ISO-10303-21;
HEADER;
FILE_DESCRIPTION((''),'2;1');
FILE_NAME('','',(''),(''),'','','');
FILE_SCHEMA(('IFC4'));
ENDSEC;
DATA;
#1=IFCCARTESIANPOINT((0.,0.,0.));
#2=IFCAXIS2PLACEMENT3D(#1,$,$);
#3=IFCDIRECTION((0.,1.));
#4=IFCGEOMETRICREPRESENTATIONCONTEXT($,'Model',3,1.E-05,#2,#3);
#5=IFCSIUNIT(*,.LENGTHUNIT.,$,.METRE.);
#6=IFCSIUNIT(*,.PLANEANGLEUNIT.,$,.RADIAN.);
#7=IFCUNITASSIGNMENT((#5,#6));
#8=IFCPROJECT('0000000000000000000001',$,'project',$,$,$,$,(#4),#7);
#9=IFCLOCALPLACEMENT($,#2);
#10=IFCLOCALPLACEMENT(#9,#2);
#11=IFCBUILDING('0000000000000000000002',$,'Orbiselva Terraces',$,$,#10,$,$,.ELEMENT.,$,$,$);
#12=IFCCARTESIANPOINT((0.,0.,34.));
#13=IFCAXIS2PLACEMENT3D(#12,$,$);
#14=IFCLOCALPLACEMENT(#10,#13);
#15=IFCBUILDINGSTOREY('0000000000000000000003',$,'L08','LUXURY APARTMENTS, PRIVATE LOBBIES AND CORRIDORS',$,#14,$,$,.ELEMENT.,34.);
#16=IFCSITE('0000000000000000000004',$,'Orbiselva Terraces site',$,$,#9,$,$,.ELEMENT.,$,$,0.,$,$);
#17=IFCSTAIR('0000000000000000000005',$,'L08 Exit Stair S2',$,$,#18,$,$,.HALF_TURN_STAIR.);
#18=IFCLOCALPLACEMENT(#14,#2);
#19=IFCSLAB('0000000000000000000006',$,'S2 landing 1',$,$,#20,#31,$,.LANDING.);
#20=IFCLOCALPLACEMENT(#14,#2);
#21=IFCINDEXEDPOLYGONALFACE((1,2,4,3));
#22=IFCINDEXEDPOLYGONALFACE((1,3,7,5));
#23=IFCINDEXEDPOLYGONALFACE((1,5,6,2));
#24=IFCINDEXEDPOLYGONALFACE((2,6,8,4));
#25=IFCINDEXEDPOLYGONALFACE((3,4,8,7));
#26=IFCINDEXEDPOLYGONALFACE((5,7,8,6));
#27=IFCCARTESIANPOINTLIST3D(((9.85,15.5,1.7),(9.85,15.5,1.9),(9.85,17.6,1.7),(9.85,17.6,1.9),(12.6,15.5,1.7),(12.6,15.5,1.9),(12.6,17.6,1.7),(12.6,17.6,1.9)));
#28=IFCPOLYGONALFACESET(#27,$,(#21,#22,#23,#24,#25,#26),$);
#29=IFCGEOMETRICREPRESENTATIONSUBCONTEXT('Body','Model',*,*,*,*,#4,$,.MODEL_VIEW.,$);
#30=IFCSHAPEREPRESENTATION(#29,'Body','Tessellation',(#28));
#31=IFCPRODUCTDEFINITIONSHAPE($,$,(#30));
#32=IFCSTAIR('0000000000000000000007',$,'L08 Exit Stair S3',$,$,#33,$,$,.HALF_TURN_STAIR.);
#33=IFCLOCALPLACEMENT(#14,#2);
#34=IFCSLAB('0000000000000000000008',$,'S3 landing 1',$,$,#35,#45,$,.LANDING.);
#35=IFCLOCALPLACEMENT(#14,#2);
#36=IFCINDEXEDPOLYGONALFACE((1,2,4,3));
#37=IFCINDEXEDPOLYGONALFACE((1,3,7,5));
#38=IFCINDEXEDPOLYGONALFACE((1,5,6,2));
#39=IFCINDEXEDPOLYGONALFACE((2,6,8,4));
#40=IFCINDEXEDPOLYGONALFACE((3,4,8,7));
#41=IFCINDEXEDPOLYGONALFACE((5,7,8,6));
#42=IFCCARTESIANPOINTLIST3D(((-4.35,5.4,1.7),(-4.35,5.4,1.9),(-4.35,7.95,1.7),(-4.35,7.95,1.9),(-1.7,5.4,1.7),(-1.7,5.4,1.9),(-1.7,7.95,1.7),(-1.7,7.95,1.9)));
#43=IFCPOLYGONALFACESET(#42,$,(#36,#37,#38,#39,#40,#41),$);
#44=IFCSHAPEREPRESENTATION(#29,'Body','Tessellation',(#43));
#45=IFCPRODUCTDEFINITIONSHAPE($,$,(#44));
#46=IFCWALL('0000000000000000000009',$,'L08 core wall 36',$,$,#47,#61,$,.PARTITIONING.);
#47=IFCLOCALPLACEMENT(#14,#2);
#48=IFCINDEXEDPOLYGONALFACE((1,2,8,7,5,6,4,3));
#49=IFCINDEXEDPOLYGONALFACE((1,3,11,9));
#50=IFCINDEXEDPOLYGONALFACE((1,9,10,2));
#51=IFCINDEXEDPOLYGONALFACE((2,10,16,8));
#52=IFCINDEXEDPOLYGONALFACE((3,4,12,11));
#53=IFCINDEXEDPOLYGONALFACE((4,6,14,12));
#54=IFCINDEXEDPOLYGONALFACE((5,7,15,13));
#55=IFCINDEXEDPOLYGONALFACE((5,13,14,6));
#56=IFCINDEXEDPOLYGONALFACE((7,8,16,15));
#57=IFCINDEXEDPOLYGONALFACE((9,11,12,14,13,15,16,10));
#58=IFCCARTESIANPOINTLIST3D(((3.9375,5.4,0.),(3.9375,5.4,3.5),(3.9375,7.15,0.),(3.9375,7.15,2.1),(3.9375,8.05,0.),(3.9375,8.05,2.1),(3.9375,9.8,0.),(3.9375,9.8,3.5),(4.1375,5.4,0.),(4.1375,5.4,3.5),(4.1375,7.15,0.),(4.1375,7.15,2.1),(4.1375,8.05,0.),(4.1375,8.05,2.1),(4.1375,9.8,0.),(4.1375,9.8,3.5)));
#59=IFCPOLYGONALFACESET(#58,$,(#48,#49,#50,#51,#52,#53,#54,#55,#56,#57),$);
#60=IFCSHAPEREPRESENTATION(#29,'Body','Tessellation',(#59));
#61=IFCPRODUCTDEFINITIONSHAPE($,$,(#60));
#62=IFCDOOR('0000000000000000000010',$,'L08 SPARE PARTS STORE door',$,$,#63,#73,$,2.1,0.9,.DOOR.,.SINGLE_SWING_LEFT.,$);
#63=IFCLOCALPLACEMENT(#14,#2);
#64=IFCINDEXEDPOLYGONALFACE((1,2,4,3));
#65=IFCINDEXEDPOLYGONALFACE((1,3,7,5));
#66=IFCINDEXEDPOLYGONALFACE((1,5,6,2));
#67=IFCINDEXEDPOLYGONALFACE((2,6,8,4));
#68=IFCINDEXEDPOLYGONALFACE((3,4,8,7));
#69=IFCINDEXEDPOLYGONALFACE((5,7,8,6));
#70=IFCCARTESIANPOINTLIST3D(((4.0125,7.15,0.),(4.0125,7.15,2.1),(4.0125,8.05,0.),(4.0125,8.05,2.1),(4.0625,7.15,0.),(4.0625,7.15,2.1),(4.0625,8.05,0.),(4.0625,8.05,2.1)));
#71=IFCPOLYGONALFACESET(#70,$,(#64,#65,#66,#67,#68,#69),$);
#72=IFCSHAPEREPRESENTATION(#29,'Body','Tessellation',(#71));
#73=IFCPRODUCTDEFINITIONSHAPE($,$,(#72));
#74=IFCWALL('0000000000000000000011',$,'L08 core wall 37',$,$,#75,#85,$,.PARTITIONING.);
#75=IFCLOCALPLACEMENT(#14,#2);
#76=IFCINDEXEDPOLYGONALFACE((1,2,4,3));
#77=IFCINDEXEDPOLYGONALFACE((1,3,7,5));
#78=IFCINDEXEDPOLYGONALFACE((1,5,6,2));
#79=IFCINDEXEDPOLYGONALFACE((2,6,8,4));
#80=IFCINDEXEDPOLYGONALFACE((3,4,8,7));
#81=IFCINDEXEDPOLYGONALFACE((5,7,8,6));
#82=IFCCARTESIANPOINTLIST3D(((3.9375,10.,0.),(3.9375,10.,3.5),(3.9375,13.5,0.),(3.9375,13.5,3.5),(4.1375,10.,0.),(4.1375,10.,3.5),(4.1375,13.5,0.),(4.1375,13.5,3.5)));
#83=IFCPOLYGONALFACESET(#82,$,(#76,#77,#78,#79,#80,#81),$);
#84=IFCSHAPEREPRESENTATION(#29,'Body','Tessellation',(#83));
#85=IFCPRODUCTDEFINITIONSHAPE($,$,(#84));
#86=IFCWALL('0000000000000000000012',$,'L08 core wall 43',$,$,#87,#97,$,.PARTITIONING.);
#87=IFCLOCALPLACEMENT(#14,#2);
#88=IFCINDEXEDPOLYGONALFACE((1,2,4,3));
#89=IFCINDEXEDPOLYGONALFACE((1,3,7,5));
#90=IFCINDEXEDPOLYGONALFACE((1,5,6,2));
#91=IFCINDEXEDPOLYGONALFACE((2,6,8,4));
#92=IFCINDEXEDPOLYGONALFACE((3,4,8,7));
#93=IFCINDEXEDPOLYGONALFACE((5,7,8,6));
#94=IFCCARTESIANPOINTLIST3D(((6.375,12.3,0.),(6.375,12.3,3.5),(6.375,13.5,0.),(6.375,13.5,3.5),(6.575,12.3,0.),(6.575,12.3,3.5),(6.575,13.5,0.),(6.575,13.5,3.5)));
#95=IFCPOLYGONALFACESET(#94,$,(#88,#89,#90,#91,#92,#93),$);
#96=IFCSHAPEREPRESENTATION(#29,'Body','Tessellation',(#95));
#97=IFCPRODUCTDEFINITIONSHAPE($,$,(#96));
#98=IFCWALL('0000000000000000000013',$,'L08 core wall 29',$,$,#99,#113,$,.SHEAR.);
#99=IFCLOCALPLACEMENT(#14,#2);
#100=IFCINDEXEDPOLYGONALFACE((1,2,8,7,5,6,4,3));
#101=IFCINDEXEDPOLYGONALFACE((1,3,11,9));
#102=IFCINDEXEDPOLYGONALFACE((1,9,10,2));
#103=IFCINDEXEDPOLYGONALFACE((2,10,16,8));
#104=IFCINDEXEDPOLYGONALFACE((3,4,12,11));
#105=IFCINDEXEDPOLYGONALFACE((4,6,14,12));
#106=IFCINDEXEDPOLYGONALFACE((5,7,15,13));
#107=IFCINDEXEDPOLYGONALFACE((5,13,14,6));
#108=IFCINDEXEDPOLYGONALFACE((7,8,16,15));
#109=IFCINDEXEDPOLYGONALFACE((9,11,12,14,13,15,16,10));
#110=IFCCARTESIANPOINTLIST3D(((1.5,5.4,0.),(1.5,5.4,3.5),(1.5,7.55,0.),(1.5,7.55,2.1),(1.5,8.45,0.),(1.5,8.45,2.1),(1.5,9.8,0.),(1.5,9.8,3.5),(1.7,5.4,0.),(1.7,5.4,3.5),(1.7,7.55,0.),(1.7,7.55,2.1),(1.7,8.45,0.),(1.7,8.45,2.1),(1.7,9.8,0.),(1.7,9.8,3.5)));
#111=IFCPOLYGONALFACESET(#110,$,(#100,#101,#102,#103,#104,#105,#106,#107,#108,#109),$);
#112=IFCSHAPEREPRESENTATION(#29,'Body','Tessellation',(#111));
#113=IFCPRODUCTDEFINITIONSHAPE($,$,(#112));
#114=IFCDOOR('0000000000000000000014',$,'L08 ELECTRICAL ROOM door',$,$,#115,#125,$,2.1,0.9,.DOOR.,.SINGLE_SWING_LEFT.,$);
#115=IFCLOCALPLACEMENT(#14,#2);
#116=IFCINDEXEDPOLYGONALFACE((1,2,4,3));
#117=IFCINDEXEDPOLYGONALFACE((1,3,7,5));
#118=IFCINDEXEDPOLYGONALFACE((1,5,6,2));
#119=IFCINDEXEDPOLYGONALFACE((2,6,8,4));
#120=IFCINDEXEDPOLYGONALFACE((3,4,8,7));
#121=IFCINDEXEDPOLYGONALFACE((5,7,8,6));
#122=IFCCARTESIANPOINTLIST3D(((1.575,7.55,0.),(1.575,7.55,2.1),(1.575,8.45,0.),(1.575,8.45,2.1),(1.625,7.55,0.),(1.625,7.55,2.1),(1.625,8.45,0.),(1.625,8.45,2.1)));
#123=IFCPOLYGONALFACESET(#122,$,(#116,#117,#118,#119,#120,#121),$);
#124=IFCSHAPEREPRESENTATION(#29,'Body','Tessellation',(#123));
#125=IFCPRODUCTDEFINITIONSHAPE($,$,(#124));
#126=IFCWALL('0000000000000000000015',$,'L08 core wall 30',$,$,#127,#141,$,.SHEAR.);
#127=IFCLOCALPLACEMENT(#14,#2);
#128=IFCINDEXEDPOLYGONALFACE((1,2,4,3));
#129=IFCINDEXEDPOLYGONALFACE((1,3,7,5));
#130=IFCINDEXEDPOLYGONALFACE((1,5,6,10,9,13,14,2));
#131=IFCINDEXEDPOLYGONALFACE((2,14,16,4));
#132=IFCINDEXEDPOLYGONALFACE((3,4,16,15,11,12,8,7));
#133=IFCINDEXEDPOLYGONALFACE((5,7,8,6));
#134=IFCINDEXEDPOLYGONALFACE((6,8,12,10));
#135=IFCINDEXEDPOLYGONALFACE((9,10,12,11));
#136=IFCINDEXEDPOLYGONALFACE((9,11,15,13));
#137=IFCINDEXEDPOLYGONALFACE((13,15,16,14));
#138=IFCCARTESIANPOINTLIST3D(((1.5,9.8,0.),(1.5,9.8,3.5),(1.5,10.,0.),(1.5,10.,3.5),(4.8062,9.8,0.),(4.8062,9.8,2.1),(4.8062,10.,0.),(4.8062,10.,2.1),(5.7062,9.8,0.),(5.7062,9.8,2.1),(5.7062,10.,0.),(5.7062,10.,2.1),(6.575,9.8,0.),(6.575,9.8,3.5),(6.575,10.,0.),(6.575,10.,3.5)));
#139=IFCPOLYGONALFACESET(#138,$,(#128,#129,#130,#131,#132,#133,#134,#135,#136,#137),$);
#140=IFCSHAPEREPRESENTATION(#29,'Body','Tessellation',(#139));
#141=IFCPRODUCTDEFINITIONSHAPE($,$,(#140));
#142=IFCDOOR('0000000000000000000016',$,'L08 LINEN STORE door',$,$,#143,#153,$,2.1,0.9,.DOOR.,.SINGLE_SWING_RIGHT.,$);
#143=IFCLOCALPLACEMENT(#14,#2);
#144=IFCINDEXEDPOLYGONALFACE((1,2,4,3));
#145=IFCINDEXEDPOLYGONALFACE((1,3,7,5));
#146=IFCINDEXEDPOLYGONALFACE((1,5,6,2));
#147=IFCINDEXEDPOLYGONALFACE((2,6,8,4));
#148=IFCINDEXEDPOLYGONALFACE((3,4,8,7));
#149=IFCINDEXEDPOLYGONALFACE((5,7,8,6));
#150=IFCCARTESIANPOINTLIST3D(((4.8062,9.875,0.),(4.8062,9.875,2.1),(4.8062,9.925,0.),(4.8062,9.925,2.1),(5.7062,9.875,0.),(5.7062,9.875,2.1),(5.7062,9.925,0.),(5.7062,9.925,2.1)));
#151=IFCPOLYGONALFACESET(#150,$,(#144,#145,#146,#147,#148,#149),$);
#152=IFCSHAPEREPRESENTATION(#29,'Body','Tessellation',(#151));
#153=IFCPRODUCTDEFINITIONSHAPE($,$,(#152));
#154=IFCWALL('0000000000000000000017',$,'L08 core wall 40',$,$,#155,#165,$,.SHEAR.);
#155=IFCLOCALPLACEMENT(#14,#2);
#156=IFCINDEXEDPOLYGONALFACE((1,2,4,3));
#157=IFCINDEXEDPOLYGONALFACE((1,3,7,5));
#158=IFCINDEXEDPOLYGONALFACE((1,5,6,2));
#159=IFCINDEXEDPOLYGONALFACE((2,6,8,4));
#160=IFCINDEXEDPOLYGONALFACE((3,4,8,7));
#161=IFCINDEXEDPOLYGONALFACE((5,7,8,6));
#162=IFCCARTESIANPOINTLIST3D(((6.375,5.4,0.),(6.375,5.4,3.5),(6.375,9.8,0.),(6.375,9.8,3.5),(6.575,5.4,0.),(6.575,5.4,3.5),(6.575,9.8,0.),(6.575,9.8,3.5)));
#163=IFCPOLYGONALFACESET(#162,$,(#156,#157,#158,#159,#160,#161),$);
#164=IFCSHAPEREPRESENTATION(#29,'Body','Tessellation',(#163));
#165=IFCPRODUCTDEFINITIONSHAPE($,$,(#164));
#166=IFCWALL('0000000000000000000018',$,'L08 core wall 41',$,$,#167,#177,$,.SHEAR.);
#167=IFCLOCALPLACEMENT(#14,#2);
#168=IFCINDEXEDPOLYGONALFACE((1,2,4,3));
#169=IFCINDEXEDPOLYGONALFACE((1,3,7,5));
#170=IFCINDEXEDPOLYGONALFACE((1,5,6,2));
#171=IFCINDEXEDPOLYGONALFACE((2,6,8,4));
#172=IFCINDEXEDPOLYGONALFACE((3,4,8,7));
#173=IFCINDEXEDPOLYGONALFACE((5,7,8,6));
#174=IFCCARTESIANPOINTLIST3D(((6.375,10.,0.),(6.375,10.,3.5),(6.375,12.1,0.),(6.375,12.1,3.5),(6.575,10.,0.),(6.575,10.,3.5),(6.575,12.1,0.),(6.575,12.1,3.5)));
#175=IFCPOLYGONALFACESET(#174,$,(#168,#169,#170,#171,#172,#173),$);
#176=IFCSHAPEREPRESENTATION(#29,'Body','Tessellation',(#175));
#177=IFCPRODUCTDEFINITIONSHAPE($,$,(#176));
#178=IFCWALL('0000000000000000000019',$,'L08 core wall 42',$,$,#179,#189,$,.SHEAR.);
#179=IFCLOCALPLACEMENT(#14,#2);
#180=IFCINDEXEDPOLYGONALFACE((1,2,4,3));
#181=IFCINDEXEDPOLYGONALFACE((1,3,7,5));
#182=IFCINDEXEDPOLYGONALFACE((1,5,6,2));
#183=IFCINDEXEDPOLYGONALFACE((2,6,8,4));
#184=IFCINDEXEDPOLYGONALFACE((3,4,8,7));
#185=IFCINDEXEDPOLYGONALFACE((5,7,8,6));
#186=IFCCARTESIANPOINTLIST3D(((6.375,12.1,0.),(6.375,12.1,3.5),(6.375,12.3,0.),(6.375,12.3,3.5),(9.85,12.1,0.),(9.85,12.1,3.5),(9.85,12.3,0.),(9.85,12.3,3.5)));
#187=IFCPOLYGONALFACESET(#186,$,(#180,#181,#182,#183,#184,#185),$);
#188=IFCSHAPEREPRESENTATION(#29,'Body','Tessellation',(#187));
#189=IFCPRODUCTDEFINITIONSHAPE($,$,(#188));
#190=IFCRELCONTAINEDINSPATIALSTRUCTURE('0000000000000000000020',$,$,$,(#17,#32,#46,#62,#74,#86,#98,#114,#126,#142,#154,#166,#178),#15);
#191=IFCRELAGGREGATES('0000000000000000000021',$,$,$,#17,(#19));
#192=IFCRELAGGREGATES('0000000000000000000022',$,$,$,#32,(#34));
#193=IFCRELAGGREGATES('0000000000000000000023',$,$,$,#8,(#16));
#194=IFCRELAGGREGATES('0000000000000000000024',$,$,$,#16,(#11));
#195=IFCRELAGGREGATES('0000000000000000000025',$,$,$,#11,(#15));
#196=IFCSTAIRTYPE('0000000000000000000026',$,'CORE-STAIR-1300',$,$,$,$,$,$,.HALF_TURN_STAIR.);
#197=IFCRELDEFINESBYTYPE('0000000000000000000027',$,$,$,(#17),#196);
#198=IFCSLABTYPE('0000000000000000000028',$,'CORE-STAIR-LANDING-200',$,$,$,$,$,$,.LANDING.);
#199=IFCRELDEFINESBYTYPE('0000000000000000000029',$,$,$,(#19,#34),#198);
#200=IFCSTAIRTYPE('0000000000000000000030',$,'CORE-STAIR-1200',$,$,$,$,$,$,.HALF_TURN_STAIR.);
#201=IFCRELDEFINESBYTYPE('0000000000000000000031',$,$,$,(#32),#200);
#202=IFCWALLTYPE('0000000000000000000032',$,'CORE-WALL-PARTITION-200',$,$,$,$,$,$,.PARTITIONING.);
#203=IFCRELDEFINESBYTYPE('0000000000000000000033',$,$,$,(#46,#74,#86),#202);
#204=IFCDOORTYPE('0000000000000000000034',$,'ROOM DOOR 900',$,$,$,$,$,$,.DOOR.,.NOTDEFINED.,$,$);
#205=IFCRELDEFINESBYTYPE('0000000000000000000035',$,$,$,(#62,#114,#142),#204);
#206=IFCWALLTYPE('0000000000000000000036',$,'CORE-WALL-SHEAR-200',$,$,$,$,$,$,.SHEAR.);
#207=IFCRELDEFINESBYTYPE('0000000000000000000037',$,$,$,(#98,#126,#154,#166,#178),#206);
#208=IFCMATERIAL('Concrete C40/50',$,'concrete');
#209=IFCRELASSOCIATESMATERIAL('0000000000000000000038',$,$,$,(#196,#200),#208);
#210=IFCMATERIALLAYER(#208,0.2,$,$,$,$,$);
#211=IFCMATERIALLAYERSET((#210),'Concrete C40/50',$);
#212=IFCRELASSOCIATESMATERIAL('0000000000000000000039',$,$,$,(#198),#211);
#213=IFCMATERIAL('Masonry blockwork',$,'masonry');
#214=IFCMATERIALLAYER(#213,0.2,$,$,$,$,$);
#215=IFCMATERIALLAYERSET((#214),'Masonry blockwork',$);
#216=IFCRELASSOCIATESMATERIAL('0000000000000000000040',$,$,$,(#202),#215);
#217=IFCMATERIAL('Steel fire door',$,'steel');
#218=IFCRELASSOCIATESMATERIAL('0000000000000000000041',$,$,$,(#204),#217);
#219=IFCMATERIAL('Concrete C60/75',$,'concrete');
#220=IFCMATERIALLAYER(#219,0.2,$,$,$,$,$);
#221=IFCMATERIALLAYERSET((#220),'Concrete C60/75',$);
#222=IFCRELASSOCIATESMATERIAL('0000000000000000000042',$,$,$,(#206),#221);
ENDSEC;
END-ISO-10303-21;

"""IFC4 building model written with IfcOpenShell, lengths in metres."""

from ifc_helpers import new_model, si_unit, direction, frame, frame_2d, origin, place, context, subcontext, project, spatial, polyline, rectangle, outline, extrude, material, layer, layer_set, type_object, element, fill, aggregate, save


model = new_model("IFC4")

# Units and contexts
model_context = context("Model", 3, precision=1e-05, world=origin(), true_north=direction((0.0, 1.0)))
body_context = subcontext(model_context, "Body", "Model", "MODEL_VIEW")
ifc_project = project(units=[si_unit("LENGTHUNIT", "METRE"), si_unit("PLANEANGLEUNIT", "RADIAN")], contexts=[model_context])

# Site, building, storey
site_placement = place(None, origin())
site = spatial("IfcSite", under=ifc_project, at=site_placement, Name="Orbiselva Terraces site", CompositionType="ELEMENT", RefElevation=0.0)
building_placement = place(site_placement, origin())
building = spatial("IfcBuilding", under=site, at=building_placement, Name="Orbiselva Terraces", CompositionType="ELEMENT")
storey_placement = place(building_placement, frame((0.0, 0.0, 34.0)))
storey = spatial("IfcBuildingStorey", under=building, at=storey_placement, Name="L08", Description="LUXURY APARTMENTS, PRIVATE LOBBIES AND CORRIDORS", CompositionType="ELEMENT", Elevation=34.0)

# Stairs, slabs
ifc_material_1 = material(Name="Concrete C40/50", Category="concrete")
stair_type_1 = type_object("IfcStairType", Name="CORE-STAIR-1300", PredefinedType="HALF_TURN_STAIR", material=ifc_material_1)
stair_1_placement = place(storey_placement, origin())
stair_1 = element("IfcStair", 1, at=stair_1_placement, inside=storey, type_object=stair_type_1, Name="L08 Exit Stair S2", PredefinedType="HALF_TURN_STAIR")
ifc_layer_1 = layer(ifc_material_1, 0.2)
ifc_layer_set_1 = layer_set([ifc_layer_1], Name="Concrete C40/50")
slab_type = type_object("IfcSlabType", Name="CORE-STAIR-LANDING-200", PredefinedType="LANDING", material=ifc_layer_set_1)
slab_1_placement = place(storey_placement, frame((0.0, 0.0, 1.7)))
slab_1 = element("IfcSlab", 2, at=slab_1_placement, type_object=slab_type, Name="S2 landing 1", PredefinedType="LANDING", context=body_context, shape_type="SweptSolid", body=[
    extrude(outline(polyline([(12.6, 15.5), (12.6, 17.6), (9.85, 17.6), (9.85, 15.5), (12.6, 15.5)])), origin(), (0.0, 0.0, 1.0), 0.2),
])
aggregate(stair_1, [slab_1])
stair_type_2 = type_object("IfcStairType", Name="CORE-STAIR-1200", PredefinedType="HALF_TURN_STAIR", material=ifc_material_1)
stair_2_placement = place(storey_placement, origin())
stair_2 = element("IfcStair", 3, at=stair_2_placement, inside=storey, type_object=stair_type_2, Name="L08 Exit Stair S3", PredefinedType="HALF_TURN_STAIR")
slab_2_placement = place(storey_placement, frame((0.0, 0.0, 1.7)))
slab_2 = element("IfcSlab", 4, at=slab_2_placement, type_object=slab_type, Name="S3 landing 1", PredefinedType="LANDING", context=body_context, shape_type="SweptSolid", body=[
    extrude(outline(polyline([(-4.35, 5.4), (-1.7, 5.4), (-1.7, 7.95), (-4.35, 7.95), (-4.35, 5.4)])), origin(), (0.0, 0.0, 1.0), 0.2),
])
aggregate(stair_2, [slab_2])

# Wall, opening, door
ifc_material_2 = material(Name="Masonry blockwork", Category="masonry")
ifc_layer_2 = layer(ifc_material_2, 0.2)
ifc_layer_set_2 = layer_set([ifc_layer_2], Name="Masonry blockwork")
wall_type_1 = type_object("IfcWallType", Name="CORE-WALL-PARTITION-200", PredefinedType="PARTITIONING", material=ifc_layer_set_2)
wall_1_placement = place(storey_placement, frame((4.0375, 9.8, 0.0), z_axis=(0.0, 0.0, 1.0), x_axis=(0.0, -1.0, 0.0)))
wall_1 = element("IfcWall", 5, at=wall_1_placement, inside=storey, type_object=wall_type_1, Name="L08 core wall 36", PredefinedType="PARTITIONING", context=body_context, shape_type="SweptSolid", body=[
    extrude(rectangle(XDim=4.4, YDim=0.2, at=frame_2d((2.2, 0.0))), origin(), (0.0, 0.0, 1.0), 3.5),
])
opening_1_placement = place(wall_1_placement, frame((1.75, 0.0, 0.0)))
opening_1 = element("IfcOpeningElement", 6, at=opening_1_placement, cuts=wall_1, PredefinedType="OPENING", context=body_context, shape_type="SweptSolid", body=[
    extrude(rectangle(XDim=0.9, YDim=2.1, at=frame_2d((0.45, 1.05))), frame((0.0, 0.11, 0.0), z_axis=(0.0, -1.0, 0.0), x_axis=(1.0, 0.0, 0.0)), (0.0, 0.0, 1.0), 0.22),
])
ifc_material_3 = material(Name="Steel fire door", Category="steel")
door_type_1 = type_object("IfcDoorType", Name="ROOM DOOR 900", OperationType="NOTDEFINED", PredefinedType="DOOR", material=ifc_material_3)
door_1_placement = place(opening_1_placement, origin())
door_1 = element("IfcDoor", 7, at=door_1_placement, inside=storey, type_object=door_type_1, Name="L08 SPARE PARTS STORE door", OperationType="SINGLE_SWING_LEFT", OverallHeight=2.1, OverallWidth=0.9, PredefinedType="DOOR", context=body_context, shape_type="SweptSolid", body=[
    extrude(rectangle(XDim=0.9, YDim=2.1, at=frame_2d((0.45, 1.05))), frame((0.0, 0.025, 0.0), z_axis=(0.0, -1.0, 0.0), x_axis=(1.0, 0.0, 0.0)), (0.0, 0.0, 1.0), 0.05),
])
fill(opening_1, door_1)

# Walls
wall_2_placement = place(storey_placement, frame((4.0375, 10.0, 0.0), z_axis=(0.0, 0.0, 1.0), x_axis=(0.0, 1.0, 0.0)))
element("IfcWall", 8, at=wall_2_placement, inside=storey, type_object=wall_type_1, Name="L08 core wall 37", PredefinedType="PARTITIONING", context=body_context, shape_type="SweptSolid", body=[
    extrude(rectangle(XDim=3.5, YDim=0.2, at=frame_2d((1.75, 0.0))), origin(), (0.0, 0.0, 1.0), 3.5),
])
wall_3_placement = place(storey_placement, frame((6.475, 12.3, 0.0), z_axis=(0.0, 0.0, 1.0), x_axis=(0.0, 1.0, 0.0)))
element("IfcWall", 9, at=wall_3_placement, inside=storey, type_object=wall_type_1, Name="L08 core wall 43", PredefinedType="PARTITIONING", context=body_context, shape_type="SweptSolid", body=[
    extrude(rectangle(XDim=1.2, YDim=0.2, at=frame_2d((0.6, 0.0))), origin(), (0.0, 0.0, 1.0), 3.5),
])

# Walls, openings, doors
ifc_material_4 = material(Name="Concrete C60/75", Category="concrete")
ifc_layer_3 = layer(ifc_material_4, 0.2)
ifc_layer_set_3 = layer_set([ifc_layer_3], Name="Concrete C60/75")
wall_type_2 = type_object("IfcWallType", Name="CORE-WALL-SHEAR-200", PredefinedType="SHEAR", material=ifc_layer_set_3)
wall_4_placement = place(storey_placement, frame((1.6, 9.8, 0.0), z_axis=(0.0, 0.0, 1.0), x_axis=(0.0, -1.0, 0.0)))
wall_4 = element("IfcWall", 10, at=wall_4_placement, inside=storey, type_object=wall_type_2, Name="L08 core wall 29", PredefinedType="SHEAR", context=body_context, shape_type="SweptSolid", body=[
    extrude(rectangle(XDim=4.4, YDim=0.2, at=frame_2d((2.2, 0.0))), origin(), (0.0, 0.0, 1.0), 3.5),
])
opening_2_placement = place(wall_4_placement, frame((1.35, 0.0, 0.0)))
opening_2 = element("IfcOpeningElement", 11, at=opening_2_placement, cuts=wall_4, PredefinedType="OPENING", context=body_context, shape_type="SweptSolid", body=[
    extrude(rectangle(XDim=0.9, YDim=2.1, at=frame_2d((0.45, 1.05))), frame((0.0, 0.11, 0.0), z_axis=(0.0, -1.0, 0.0), x_axis=(1.0, 0.0, 0.0)), (0.0, 0.0, 1.0), 0.22),
])
door_2_placement = place(opening_2_placement, origin())
door_2 = element("IfcDoor", 12, at=door_2_placement, inside=storey, type_object=door_type_1, Name="L08 ELECTRICAL ROOM door", OperationType="SINGLE_SWING_LEFT", OverallHeight=2.1, OverallWidth=0.9, PredefinedType="DOOR", context=body_context, shape_type="SweptSolid", body=[
    extrude(rectangle(XDim=0.9, YDim=2.1, at=frame_2d((0.45, 1.05))), frame((0.0, 0.025, 0.0), z_axis=(0.0, -1.0, 0.0), x_axis=(1.0, 0.0, 0.0)), (0.0, 0.0, 1.0), 0.05),
])
fill(opening_2, door_2)
wall_5_placement = place(storey_placement, frame((1.5, 9.9, 0.0), z_axis=(0.0, 0.0, 1.0), x_axis=(1.0, 0.0, 0.0)))
wall_5 = element("IfcWall", 13, at=wall_5_placement, inside=storey, type_object=wall_type_2, Name="L08 core wall 30", PredefinedType="SHEAR", context=body_context, shape_type="SweptSolid", body=[
    extrude(rectangle(XDim=5.075, YDim=0.2, at=frame_2d((2.5375, 0.0))), origin(), (0.0, 0.0, 1.0), 3.5),
])
opening_3_placement = place(wall_5_placement, frame((3.3062, 0.0, 0.0)))
opening_3 = element("IfcOpeningElement", 14, at=opening_3_placement, cuts=wall_5, PredefinedType="OPENING", context=body_context, shape_type="SweptSolid", body=[
    extrude(rectangle(XDim=0.9, YDim=2.1, at=frame_2d((0.45, 1.05))), frame((0.0, 0.11, 0.0), z_axis=(0.0, -1.0, 0.0), x_axis=(1.0, 0.0, 0.0)), (0.0, 0.0, 1.0), 0.22),
])
door_3_placement = place(opening_3_placement, origin())
door_3 = element("IfcDoor", 15, at=door_3_placement, inside=storey, type_object=door_type_1, Name="L08 LINEN STORE door", OperationType="SINGLE_SWING_RIGHT", OverallHeight=2.1, OverallWidth=0.9, PredefinedType="DOOR", context=body_context, shape_type="SweptSolid", body=[
    extrude(rectangle(XDim=0.9, YDim=2.1, at=frame_2d((0.45, 1.05))), frame((0.0, 0.025, 0.0), z_axis=(0.0, -1.0, 0.0), x_axis=(1.0, 0.0, 0.0)), (0.0, 0.0, 1.0), 0.05),
])
fill(opening_3, door_3)

# Walls
wall_6_placement = place(storey_placement, frame((6.475, 5.4, 0.0), z_axis=(0.0, 0.0, 1.0), x_axis=(0.0, 1.0, 0.0)))
element("IfcWall", 16, at=wall_6_placement, inside=storey, type_object=wall_type_2, Name="L08 core wall 40", PredefinedType="SHEAR", context=body_context, shape_type="SweptSolid", body=[
    extrude(rectangle(XDim=4.4, YDim=0.2, at=frame_2d((2.2, 0.0))), origin(), (0.0, 0.0, 1.0), 3.5),
])
wall_7_placement = place(storey_placement, frame((6.475, 10.0, 0.0), z_axis=(0.0, 0.0, 1.0), x_axis=(0.0, 1.0, 0.0)))
element("IfcWall", 17, at=wall_7_placement, inside=storey, type_object=wall_type_2, Name="L08 core wall 41", PredefinedType="SHEAR", context=body_context, shape_type="SweptSolid", body=[
    extrude(rectangle(XDim=2.1, YDim=0.2, at=frame_2d((1.05, 0.0))), origin(), (0.0, 0.0, 1.0), 3.5),
])
wall_8_placement = place(storey_placement, frame((6.375, 12.2, 0.0), z_axis=(0.0, 0.0, 1.0), x_axis=(1.0, 0.0, 0.0)))
element("IfcWall", 18, at=wall_8_placement, inside=storey, type_object=wall_type_2, Name="L08 core wall 42", PredefinedType="SHEAR", context=body_context, shape_type="SweptSolid", body=[
    extrude(rectangle(XDim=3.475, YDim=0.2, at=frame_2d((1.7375, 0.0))), origin(), (0.0, 0.0, 1.0), 3.5),
])

save(model, "model.ifc")
